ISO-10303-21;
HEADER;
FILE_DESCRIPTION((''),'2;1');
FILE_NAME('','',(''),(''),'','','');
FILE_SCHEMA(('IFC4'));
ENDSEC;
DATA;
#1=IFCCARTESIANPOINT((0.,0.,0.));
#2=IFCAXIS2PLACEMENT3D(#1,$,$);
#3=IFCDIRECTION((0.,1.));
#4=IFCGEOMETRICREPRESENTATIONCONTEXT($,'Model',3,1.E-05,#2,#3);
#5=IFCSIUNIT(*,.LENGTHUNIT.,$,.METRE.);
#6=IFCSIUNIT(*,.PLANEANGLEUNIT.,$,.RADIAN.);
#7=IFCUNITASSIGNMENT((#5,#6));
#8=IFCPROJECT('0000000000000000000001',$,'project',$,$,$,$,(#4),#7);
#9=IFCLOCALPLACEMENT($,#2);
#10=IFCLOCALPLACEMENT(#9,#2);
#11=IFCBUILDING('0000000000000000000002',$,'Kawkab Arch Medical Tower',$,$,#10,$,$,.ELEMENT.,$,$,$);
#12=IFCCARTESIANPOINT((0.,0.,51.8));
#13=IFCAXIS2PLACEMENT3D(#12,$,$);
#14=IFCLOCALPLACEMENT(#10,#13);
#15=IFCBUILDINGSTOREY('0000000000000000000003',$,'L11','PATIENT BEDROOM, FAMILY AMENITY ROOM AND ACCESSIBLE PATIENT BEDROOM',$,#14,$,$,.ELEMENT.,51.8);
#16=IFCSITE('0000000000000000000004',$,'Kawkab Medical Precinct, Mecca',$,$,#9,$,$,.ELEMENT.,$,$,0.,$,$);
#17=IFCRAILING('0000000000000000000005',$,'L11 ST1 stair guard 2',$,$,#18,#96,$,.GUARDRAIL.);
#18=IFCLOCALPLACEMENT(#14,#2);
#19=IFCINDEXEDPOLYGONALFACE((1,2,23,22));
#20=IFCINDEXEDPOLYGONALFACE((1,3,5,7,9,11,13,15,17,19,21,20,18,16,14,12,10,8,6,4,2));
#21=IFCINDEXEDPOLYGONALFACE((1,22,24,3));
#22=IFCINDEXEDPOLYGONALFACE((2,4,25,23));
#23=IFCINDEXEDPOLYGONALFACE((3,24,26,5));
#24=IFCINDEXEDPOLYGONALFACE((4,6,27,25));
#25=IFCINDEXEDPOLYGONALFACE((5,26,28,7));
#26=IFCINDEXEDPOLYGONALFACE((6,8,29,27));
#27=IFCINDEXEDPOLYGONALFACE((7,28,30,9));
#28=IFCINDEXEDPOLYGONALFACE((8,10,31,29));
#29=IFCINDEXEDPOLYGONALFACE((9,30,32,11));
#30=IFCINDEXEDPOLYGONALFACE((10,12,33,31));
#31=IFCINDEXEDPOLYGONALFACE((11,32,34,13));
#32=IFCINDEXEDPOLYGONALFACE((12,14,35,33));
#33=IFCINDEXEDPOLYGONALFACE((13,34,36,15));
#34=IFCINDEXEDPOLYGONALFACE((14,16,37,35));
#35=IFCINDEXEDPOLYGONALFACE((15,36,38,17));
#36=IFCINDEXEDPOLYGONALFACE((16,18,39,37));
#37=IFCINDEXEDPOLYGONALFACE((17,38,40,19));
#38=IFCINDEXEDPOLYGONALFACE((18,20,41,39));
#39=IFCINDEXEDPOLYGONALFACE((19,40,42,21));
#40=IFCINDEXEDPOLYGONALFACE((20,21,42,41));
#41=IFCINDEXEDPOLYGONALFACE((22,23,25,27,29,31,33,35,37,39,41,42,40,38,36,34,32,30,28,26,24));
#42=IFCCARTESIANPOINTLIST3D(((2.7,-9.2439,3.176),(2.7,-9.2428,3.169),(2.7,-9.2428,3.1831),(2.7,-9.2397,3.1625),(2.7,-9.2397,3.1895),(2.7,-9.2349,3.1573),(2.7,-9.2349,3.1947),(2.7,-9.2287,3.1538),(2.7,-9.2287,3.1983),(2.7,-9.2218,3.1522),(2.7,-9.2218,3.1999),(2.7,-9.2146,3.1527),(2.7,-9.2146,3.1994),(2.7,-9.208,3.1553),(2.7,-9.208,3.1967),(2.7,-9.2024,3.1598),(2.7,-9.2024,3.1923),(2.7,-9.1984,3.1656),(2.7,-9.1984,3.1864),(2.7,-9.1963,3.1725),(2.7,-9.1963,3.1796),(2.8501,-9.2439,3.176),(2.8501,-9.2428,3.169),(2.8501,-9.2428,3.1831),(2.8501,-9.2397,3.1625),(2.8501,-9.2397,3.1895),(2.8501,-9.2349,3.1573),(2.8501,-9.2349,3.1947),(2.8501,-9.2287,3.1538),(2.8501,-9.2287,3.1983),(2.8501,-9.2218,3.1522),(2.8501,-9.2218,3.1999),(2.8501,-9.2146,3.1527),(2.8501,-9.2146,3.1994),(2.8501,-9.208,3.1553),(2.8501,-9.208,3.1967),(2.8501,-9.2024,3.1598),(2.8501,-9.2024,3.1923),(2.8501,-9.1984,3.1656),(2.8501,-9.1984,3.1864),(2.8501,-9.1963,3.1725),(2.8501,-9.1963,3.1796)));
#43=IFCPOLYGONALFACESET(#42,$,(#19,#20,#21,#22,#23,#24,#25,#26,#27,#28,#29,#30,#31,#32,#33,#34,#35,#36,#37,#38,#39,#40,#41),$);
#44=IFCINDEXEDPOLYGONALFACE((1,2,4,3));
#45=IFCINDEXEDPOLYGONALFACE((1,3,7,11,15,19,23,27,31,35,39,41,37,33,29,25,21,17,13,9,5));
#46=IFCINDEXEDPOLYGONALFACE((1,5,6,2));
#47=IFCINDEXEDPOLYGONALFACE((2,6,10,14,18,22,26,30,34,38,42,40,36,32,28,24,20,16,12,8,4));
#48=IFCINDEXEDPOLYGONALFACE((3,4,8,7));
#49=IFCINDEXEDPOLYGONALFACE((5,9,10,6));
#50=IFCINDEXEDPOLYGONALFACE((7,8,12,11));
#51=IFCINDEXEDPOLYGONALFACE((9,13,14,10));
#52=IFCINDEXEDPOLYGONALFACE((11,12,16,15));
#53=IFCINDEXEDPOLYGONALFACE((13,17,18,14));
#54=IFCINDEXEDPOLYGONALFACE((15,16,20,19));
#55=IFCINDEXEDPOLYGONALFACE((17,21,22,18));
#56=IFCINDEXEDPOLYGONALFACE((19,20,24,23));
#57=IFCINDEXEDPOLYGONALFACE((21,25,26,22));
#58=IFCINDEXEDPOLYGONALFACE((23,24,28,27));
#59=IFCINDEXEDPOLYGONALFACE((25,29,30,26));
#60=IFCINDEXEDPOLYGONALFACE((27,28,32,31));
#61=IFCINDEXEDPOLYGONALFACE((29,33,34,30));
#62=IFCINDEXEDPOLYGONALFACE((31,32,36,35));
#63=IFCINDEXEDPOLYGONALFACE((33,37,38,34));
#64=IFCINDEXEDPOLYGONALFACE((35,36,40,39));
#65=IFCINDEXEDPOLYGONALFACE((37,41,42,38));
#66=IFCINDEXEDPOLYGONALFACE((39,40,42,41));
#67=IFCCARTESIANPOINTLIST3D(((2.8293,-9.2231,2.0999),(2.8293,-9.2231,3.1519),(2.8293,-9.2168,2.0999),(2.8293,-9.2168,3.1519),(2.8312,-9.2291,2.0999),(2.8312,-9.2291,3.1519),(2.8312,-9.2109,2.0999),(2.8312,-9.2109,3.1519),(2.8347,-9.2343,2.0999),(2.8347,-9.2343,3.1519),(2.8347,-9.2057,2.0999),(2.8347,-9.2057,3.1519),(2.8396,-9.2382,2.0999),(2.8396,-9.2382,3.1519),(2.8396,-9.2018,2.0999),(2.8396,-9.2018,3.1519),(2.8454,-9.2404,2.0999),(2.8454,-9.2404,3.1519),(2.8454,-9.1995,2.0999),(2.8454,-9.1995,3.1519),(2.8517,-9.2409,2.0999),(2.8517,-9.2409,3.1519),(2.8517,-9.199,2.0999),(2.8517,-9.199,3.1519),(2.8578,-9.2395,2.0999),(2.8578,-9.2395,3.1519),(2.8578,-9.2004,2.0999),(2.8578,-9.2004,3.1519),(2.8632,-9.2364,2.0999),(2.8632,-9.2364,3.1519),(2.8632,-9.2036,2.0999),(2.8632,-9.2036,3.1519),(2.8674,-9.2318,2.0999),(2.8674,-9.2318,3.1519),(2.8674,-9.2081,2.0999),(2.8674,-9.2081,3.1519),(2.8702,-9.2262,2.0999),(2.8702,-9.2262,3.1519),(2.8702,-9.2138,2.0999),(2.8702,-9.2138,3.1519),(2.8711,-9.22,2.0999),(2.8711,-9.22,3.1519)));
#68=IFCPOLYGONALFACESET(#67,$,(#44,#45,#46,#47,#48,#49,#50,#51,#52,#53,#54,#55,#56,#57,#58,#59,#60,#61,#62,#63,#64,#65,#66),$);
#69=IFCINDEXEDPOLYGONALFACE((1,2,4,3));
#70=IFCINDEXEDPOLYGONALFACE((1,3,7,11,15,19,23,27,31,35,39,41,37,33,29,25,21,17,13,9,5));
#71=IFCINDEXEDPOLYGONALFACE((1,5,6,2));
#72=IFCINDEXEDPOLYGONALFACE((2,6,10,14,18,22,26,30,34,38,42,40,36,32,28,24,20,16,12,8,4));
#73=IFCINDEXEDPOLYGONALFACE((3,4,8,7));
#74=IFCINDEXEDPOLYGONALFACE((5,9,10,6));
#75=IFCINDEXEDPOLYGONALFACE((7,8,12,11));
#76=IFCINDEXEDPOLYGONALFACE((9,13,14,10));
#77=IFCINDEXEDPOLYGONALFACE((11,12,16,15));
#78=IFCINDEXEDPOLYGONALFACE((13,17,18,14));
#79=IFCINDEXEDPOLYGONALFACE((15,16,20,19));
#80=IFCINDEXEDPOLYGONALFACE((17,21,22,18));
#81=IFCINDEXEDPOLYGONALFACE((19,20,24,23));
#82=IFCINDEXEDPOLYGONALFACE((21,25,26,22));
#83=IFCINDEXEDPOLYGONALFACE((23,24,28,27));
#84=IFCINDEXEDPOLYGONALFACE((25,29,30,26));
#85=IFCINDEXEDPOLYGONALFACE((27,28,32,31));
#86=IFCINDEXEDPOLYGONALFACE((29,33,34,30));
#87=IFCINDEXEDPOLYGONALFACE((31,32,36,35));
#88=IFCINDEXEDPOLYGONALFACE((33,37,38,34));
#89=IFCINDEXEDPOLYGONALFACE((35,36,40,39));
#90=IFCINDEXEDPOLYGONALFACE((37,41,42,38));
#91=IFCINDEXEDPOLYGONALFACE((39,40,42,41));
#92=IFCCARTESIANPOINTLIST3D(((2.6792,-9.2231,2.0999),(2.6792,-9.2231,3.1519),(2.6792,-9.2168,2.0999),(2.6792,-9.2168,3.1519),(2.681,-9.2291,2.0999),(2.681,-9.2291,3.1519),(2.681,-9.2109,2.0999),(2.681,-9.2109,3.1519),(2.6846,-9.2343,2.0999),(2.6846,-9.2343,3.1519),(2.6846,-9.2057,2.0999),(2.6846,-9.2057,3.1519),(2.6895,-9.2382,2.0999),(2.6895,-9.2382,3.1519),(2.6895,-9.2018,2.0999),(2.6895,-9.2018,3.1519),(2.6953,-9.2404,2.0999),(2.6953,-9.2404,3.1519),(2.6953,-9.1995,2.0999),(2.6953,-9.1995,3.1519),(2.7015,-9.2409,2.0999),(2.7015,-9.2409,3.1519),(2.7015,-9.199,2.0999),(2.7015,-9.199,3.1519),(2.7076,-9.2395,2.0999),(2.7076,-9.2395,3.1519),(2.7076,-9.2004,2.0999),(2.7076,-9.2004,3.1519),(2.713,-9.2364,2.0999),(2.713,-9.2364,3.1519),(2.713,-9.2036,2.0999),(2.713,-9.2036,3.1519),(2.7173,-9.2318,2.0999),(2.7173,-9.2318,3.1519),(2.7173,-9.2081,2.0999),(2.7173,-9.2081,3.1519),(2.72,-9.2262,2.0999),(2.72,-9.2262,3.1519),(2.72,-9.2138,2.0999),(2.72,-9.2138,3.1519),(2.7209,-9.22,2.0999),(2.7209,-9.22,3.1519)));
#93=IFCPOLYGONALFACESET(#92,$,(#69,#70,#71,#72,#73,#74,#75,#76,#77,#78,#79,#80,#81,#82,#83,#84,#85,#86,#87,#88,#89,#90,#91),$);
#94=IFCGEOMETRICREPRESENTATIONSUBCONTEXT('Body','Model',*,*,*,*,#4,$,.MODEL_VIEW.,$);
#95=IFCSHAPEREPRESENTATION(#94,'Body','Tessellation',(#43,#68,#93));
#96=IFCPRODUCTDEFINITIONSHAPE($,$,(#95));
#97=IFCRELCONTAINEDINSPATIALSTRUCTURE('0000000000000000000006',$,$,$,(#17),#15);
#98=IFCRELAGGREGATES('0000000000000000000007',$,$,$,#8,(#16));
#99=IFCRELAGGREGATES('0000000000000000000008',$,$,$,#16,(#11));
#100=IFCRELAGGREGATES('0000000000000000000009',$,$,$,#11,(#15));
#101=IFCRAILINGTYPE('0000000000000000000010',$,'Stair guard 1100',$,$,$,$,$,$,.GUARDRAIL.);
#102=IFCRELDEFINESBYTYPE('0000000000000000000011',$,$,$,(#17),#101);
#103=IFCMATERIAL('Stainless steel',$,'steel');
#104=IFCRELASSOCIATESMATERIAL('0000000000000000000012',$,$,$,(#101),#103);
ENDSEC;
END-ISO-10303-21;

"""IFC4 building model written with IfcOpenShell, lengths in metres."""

from ifc_helpers import new_model, si_unit, direction, frame, origin, origin_2d, place, context, subcontext, project, spatial, circle, extrude, material, type_object, element, save


model = new_model("IFC4")

# Units and contexts
model_context = context("Model", 3, precision=1e-05, world=origin(), true_north=direction((0.0, 1.0)))
body_context = subcontext(model_context, "Body", "Model", "MODEL_VIEW")
ifc_project = project(units=[si_unit("LENGTHUNIT", "METRE"), si_unit("PLANEANGLEUNIT", "RADIAN")], contexts=[model_context])

# Site, building, storey
site_placement = place(None, origin())
site = spatial("IfcSite", under=ifc_project, at=site_placement, Name="Kawkab Medical Precinct, Mecca", CompositionType="ELEMENT", RefElevation=0.0)
building_placement = place(site_placement, origin())
building = spatial("IfcBuilding", under=site, at=building_placement, Name="Kawkab Arch Medical Tower", CompositionType="ELEMENT")
storey_placement = place(building_placement, frame((0.0, 0.0, 51.8)))
storey = spatial("IfcBuildingStorey", under=building, at=storey_placement, Name="L11", Description="PATIENT BEDROOM, FAMILY AMENITY ROOM AND ACCESSIBLE PATIENT BEDROOM", CompositionType="ELEMENT", Elevation=51.8)

# Railing
ifc_material_1 = material(Name="Stainless steel", Category="steel")
railing_type = type_object("IfcRailingType", Name="Stair guard 1100", PredefinedType="GUARDRAIL", material=ifc_material_1)
railing_1_placement = place(storey_placement, frame((2.8501, -9.22, 2.0999)))
element("IfcRailing", 1, at=railing_1_placement, inside=storey, type_object=railing_type, Name="L11 ST1 stair guard 2", PredefinedType="GUARDRAIL", context=body_context, shape_type="SweptSolid", body=[
    extrude(circle(Radius=0.0239, at=origin_2d()), frame((0.0, 0.0, 1.0762), z_axis=(-1.0, 0.0, 0.0), x_axis=(0.0, -1.0, 0.0)), (0.0, 0.0, 1.0), 0.1501),
    extrude(circle(Radius=0.021, at=origin_2d()), origin(), (0.0, 0.0, 1.0), 1.052),
    extrude(circle(Radius=0.021, at=origin_2d()), frame((-0.1501, 0.0, 0.0)), (0.0, 0.0, 1.0), 1.052),
])

save(model, "model.ifc")
